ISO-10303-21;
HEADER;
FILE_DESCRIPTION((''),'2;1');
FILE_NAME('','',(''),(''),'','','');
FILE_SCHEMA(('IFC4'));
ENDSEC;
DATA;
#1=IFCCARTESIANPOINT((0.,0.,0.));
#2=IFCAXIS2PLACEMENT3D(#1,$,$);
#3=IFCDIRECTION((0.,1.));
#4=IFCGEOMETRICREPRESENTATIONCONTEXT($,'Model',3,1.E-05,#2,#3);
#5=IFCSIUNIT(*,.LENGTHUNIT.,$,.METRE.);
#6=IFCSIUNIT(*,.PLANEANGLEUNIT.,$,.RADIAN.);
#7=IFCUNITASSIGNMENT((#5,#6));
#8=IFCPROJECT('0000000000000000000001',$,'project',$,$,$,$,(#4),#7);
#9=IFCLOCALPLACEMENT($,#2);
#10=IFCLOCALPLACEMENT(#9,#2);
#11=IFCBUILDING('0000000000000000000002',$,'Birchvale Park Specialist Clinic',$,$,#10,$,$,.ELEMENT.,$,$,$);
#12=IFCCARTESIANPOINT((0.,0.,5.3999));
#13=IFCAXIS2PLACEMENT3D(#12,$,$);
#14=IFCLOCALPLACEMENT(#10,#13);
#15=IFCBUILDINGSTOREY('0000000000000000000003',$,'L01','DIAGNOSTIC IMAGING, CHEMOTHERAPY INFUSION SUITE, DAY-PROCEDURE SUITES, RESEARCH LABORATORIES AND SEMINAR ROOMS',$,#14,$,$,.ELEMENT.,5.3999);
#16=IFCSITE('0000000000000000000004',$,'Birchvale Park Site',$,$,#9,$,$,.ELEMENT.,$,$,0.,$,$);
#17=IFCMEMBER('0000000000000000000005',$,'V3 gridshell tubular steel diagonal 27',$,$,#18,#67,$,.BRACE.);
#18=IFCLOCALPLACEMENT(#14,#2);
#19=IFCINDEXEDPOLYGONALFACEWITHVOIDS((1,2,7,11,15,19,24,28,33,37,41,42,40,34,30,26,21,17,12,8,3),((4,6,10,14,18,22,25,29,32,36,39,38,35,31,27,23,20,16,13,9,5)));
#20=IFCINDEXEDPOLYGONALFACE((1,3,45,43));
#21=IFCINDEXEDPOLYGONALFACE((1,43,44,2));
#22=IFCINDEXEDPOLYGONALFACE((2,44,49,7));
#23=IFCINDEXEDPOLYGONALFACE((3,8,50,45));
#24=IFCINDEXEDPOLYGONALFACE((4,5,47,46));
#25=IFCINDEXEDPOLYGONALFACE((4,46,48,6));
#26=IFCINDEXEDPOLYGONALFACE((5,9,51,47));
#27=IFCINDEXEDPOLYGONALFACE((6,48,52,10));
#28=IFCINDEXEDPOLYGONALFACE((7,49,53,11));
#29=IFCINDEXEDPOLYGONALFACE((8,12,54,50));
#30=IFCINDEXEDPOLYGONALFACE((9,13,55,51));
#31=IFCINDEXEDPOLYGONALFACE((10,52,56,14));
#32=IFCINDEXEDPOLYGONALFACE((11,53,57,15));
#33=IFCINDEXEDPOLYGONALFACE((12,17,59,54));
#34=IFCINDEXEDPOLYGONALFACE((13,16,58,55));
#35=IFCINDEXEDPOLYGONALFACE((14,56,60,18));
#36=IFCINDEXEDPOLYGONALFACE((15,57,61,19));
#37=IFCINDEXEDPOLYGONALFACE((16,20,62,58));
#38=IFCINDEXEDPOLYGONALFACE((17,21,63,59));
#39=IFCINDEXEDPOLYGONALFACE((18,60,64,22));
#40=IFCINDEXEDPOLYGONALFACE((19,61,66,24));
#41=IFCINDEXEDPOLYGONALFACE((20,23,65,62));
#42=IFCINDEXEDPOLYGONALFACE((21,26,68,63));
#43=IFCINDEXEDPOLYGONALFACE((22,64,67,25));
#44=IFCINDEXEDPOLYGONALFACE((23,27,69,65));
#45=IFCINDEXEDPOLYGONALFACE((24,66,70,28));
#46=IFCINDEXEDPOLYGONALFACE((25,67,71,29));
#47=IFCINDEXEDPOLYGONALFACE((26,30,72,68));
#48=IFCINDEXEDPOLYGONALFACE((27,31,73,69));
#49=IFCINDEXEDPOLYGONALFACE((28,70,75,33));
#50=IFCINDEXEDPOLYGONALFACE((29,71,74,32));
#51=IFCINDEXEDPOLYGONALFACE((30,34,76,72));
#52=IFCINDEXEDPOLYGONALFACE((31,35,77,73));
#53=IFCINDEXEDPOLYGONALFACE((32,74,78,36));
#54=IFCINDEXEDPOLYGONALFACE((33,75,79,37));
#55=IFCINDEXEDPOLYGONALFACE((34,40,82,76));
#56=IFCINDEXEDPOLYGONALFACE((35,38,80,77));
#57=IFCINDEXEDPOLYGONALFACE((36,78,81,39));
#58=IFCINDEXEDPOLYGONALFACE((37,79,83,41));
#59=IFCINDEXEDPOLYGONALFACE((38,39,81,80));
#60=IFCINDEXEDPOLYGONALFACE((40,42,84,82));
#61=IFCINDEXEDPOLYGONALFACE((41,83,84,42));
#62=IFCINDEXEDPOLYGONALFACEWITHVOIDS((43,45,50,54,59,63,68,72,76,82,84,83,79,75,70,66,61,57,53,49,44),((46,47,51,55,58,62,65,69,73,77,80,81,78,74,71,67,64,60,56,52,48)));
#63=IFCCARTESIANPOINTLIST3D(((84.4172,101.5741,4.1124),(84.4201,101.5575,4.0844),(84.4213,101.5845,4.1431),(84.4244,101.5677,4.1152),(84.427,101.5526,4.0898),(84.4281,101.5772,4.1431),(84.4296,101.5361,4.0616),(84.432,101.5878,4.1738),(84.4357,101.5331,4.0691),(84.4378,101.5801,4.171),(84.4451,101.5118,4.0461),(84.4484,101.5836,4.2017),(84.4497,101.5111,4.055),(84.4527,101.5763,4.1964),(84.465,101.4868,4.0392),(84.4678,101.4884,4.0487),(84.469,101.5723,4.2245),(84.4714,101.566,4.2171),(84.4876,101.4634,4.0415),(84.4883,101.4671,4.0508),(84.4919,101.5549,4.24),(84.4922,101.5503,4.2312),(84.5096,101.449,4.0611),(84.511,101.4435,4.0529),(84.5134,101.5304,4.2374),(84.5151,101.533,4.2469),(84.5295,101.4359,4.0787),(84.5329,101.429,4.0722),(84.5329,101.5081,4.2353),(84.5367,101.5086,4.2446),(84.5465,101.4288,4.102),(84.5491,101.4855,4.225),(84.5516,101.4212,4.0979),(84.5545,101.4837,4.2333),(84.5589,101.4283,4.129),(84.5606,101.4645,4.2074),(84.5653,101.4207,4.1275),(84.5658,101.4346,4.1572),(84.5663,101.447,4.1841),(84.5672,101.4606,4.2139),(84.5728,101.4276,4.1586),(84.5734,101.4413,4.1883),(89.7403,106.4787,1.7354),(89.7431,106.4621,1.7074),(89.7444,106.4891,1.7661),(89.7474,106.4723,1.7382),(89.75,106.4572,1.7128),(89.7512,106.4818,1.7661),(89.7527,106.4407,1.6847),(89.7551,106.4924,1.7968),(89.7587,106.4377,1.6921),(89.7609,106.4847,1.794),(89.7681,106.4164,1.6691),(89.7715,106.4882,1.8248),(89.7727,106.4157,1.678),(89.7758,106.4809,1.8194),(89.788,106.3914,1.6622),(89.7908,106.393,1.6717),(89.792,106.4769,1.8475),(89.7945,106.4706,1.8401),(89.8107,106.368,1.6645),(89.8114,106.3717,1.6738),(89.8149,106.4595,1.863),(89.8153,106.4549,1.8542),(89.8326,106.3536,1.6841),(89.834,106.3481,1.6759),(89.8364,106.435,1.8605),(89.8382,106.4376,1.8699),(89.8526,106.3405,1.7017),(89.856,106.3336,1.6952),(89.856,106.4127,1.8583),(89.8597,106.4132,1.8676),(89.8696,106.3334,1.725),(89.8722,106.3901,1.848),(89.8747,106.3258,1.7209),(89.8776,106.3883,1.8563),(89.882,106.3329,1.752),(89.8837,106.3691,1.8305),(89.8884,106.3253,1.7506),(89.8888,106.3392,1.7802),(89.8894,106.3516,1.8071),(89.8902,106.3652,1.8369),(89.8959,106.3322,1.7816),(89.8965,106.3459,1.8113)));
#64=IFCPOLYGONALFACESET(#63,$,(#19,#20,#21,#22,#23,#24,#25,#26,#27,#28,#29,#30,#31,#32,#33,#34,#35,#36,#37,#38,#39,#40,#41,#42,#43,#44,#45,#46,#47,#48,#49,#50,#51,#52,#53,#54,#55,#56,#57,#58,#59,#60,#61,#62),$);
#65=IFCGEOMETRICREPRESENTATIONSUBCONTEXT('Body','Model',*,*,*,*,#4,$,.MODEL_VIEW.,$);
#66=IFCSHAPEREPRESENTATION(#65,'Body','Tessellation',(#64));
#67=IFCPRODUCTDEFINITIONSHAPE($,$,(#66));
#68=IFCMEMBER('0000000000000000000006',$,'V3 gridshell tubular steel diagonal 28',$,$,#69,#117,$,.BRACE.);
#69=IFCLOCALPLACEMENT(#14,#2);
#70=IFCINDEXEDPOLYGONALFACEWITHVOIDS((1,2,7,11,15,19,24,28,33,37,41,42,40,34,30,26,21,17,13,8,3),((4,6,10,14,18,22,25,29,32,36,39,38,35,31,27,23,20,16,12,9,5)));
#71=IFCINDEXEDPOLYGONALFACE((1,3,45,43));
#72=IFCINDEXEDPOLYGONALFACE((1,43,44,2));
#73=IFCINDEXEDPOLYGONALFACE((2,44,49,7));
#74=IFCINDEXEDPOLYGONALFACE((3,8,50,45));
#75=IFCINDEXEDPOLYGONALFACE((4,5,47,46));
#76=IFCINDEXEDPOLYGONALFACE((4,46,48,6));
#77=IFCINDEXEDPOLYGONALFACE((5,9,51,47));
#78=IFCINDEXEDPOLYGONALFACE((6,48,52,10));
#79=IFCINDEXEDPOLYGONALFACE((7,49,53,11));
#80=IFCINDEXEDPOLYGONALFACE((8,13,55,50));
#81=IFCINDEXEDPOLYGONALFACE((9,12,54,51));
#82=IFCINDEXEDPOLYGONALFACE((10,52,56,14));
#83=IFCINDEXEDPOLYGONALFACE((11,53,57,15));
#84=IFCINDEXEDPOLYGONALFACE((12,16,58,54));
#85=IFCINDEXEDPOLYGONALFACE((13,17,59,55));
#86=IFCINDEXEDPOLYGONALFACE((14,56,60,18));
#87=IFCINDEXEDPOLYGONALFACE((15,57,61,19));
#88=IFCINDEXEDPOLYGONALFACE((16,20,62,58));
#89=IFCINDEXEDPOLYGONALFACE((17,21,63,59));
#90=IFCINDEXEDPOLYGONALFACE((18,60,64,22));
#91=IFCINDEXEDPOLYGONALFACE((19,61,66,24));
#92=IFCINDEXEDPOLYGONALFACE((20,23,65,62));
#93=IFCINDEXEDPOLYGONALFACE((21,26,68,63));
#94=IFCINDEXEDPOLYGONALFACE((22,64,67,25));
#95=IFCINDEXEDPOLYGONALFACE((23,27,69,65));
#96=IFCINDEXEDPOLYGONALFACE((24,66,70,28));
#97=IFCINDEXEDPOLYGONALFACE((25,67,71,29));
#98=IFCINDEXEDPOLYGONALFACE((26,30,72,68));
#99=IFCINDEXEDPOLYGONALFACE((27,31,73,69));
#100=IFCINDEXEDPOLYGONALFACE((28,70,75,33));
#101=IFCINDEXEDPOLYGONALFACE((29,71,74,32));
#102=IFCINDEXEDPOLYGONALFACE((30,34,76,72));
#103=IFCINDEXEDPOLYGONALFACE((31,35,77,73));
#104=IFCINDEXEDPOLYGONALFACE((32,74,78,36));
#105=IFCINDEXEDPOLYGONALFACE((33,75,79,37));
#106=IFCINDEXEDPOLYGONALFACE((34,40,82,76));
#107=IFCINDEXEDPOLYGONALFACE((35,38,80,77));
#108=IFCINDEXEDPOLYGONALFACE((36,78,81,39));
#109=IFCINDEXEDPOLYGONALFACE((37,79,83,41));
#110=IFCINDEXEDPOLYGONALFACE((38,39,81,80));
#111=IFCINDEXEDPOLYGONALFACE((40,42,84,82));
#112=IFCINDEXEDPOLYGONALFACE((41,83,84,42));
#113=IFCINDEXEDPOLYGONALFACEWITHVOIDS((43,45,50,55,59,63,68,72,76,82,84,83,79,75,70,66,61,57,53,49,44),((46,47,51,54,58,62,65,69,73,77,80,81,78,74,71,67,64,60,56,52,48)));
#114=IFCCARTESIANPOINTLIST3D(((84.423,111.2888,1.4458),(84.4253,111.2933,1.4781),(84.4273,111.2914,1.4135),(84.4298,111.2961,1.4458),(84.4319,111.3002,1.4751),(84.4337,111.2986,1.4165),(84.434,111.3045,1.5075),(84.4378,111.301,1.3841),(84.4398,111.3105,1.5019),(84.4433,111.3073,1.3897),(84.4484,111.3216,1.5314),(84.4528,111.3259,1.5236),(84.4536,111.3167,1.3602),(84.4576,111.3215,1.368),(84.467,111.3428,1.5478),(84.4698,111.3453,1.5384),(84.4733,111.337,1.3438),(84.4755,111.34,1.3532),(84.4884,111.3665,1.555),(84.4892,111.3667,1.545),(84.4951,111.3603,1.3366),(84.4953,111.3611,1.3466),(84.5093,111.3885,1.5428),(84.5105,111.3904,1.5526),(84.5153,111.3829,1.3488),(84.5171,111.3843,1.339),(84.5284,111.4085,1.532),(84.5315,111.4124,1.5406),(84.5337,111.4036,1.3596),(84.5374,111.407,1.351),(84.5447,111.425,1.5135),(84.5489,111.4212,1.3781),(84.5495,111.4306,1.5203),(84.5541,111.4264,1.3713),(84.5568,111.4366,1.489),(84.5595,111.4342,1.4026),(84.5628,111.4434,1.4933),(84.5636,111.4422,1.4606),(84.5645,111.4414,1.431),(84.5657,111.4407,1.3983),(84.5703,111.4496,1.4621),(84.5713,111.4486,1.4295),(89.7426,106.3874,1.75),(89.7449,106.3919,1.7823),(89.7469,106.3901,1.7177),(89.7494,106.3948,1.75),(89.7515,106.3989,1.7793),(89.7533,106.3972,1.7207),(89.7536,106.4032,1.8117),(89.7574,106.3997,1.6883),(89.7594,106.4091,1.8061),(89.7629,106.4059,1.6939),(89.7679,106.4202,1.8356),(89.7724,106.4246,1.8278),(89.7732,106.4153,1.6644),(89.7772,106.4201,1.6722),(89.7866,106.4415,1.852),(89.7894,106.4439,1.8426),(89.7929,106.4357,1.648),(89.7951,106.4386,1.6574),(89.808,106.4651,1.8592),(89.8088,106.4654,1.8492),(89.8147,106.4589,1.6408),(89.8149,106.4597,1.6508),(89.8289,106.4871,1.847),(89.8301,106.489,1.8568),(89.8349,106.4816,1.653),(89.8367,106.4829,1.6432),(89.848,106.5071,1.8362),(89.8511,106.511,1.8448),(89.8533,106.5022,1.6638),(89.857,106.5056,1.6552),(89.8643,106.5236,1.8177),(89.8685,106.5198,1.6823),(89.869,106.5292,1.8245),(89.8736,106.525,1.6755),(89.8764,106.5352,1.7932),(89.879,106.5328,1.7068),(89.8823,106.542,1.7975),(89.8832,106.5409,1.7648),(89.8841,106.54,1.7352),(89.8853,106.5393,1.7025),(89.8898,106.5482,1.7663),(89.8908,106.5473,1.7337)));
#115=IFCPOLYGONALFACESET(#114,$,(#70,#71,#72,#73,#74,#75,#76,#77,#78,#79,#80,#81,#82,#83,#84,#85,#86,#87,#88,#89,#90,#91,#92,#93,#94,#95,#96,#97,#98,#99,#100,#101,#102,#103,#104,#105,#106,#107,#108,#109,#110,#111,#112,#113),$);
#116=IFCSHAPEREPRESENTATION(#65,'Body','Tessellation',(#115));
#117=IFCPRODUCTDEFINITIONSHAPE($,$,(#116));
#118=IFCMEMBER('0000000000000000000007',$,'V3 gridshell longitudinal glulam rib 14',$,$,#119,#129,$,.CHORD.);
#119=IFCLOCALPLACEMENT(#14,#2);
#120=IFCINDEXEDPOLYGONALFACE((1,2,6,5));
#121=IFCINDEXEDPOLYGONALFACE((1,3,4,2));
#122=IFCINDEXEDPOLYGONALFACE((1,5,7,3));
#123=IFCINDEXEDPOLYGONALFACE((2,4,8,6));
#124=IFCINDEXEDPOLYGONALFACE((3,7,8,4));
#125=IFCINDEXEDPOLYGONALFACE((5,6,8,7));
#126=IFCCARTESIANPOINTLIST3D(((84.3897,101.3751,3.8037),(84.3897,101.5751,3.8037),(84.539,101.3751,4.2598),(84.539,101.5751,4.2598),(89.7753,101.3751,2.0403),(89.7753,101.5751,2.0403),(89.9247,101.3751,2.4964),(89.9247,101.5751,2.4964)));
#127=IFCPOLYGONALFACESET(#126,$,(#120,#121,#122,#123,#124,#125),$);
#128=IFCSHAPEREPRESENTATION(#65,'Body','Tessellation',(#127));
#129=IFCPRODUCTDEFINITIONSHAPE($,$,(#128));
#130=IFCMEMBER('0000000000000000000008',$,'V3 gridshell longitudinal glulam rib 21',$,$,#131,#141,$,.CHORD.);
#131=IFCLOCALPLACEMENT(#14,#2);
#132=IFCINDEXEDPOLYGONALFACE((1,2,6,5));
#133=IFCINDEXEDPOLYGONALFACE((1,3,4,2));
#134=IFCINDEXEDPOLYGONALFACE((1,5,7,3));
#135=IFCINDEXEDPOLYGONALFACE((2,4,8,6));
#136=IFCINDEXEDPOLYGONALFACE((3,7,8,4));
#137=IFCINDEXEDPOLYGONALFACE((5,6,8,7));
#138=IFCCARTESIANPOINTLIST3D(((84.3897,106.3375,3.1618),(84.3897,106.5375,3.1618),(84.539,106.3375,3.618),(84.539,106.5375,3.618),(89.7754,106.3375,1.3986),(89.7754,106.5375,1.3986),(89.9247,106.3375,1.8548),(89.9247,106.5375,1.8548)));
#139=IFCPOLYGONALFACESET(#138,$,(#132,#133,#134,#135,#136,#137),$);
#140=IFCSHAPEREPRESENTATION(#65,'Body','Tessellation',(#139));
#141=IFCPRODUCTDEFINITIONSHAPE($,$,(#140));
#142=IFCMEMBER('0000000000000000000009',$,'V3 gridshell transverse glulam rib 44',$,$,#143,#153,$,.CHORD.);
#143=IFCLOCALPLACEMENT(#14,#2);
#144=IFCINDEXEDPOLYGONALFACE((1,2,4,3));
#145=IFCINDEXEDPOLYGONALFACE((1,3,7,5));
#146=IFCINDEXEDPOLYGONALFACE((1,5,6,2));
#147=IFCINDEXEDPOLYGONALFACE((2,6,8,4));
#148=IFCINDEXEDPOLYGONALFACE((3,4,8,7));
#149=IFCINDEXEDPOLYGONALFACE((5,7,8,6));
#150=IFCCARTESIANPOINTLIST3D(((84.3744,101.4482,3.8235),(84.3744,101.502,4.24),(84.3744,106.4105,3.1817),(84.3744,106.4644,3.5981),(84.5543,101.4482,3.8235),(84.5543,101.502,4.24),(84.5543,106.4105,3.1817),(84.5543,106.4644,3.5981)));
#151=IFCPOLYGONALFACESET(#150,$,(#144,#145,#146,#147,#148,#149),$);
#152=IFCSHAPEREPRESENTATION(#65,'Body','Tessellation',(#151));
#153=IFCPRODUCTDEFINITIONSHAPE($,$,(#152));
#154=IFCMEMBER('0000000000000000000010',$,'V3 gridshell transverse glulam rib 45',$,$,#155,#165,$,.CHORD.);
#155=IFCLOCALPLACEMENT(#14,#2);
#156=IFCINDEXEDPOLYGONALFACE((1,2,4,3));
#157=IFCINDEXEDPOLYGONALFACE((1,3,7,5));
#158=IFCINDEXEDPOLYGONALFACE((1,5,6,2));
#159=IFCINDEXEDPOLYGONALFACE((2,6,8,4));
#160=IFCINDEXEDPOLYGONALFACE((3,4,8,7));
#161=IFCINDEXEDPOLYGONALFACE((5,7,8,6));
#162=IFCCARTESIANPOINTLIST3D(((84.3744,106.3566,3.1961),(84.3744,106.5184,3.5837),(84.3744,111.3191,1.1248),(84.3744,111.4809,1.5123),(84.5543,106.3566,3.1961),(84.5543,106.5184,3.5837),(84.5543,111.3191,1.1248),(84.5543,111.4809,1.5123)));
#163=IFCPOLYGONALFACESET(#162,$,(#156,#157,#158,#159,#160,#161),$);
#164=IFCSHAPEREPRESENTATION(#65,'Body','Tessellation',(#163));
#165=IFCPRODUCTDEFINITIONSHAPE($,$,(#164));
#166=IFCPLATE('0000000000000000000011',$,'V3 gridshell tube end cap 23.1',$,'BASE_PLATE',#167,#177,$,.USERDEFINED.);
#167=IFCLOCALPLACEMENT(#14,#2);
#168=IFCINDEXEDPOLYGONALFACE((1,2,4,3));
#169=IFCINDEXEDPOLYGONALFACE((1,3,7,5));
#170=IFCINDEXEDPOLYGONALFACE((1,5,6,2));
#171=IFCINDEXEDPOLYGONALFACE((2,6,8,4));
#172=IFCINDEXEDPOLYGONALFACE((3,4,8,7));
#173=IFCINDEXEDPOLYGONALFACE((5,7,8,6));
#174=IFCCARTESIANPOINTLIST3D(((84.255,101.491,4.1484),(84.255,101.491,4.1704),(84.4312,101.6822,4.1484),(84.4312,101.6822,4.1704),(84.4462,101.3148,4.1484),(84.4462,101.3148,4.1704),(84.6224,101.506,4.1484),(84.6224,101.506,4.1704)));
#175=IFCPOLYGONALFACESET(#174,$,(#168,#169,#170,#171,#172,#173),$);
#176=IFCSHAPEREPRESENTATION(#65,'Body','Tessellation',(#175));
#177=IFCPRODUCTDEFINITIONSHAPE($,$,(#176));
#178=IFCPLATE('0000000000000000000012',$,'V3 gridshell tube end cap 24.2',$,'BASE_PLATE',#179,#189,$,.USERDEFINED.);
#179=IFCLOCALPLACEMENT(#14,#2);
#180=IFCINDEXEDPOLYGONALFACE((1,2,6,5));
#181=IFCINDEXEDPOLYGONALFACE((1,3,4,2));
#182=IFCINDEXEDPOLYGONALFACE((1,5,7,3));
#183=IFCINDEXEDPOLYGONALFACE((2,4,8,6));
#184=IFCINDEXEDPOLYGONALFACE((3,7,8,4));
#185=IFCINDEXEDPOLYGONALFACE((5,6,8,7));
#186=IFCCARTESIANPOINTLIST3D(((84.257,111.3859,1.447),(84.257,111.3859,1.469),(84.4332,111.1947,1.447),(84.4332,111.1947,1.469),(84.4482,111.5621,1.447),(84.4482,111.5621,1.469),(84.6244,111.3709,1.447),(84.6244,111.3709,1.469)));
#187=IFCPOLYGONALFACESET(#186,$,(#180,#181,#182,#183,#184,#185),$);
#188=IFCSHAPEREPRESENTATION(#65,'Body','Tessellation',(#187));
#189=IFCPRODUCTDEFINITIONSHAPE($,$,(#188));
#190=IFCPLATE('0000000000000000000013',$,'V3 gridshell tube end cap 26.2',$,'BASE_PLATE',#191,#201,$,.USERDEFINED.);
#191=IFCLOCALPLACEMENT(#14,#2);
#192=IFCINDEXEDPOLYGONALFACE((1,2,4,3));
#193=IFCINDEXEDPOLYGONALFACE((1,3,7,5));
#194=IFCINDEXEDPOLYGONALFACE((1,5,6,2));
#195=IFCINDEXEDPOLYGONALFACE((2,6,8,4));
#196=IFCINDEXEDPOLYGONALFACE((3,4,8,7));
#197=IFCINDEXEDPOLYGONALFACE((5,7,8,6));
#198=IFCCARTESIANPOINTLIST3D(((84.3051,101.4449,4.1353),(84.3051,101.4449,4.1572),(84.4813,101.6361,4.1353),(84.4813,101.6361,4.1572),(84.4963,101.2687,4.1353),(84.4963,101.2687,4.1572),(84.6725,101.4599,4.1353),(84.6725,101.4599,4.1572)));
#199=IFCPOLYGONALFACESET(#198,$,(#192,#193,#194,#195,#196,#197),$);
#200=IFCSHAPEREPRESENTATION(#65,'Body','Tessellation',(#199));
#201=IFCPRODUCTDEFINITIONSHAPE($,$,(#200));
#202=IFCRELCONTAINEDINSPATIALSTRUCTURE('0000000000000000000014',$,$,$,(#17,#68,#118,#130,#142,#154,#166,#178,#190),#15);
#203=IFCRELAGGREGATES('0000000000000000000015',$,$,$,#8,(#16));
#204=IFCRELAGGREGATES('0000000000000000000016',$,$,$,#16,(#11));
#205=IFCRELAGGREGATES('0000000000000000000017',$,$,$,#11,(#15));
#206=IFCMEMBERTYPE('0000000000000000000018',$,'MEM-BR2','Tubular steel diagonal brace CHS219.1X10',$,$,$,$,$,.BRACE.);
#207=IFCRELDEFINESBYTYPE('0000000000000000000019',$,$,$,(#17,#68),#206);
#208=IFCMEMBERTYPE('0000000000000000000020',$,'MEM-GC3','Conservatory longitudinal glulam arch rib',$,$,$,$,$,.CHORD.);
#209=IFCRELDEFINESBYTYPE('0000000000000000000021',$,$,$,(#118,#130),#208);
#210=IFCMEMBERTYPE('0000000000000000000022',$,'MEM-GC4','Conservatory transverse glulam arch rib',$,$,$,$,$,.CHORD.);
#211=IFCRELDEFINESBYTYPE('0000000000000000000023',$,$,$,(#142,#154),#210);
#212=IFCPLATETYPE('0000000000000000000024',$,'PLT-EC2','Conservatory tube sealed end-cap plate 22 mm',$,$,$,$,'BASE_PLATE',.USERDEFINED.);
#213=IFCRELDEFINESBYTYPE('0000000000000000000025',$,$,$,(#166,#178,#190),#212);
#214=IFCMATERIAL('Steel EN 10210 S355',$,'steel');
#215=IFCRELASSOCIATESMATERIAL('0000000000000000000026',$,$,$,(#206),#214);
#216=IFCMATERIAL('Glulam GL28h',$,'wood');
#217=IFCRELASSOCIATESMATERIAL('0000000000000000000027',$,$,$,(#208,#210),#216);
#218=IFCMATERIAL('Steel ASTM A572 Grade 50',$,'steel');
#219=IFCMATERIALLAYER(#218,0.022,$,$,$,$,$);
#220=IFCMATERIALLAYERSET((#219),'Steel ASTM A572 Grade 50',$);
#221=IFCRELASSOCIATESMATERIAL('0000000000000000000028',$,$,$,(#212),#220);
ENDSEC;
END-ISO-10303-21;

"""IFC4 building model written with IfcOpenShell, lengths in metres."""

from ifc_helpers import new_model, si_unit, direction, frame, origin, origin_2d, place, context, subcontext, project, spatial, rectangle, hollow_circle, extrude, material, layer, layer_set, material_profile, profile_set, type_object, element, save


model = new_model("IFC4")

# Units and contexts
model_context = context("Model", 3, precision=1e-05, world=origin(), true_north=direction((0.0, 1.0)))
body_context = subcontext(model_context, "Body", "Model", "MODEL_VIEW")
ifc_project = project(units=[si_unit("LENGTHUNIT", "METRE"), si_unit("PLANEANGLEUNIT", "RADIAN")], contexts=[model_context])

# Site, building, storey
site_placement = place(None, origin())
site = spatial("IfcSite", under=ifc_project, at=site_placement, Name="Birchvale Park Site", CompositionType="ELEMENT", RefElevation=0.0)
building_placement = place(site_placement, origin())
building = spatial("IfcBuilding", under=site, at=building_placement, Name="Birchvale Park Specialist Clinic", CompositionType="ELEMENT")
storey_placement = place(building_placement, frame((0.0, 0.0, 5.3999)))
storey = spatial("IfcBuildingStorey", under=building, at=storey_placement, Name="L01", Description="DIAGNOSTIC IMAGING, CHEMOTHERAPY INFUSION SUITE, DAY-PROCEDURE SUITES, RESEARCH LABORATORIES AND SEMINAR ROOMS", CompositionType="ELEMENT", Elevation=5.3999)

# Members
ifc_material_1 = material(Name="Steel EN 10210 S355", Category="steel")
ifc_material_profile_1 = material_profile(ifc_material_1, hollow_circle(Radius=0.1096, WallThickness=0.01, at=origin_2d()), Name="CHS219.1X10")
ifc_profile_set_1 = profile_set([ifc_material_profile_1], Name="Steel EN 10210 S355")
member_type_1 = type_object("IfcMemberType", Name="MEM-BR2", Description="Tubular steel diagonal brace CHS219.1X10", PredefinedType="BRACE", material=ifc_profile_set_1)
member_1_placement = place(storey_placement, frame((84.4956, 101.5039, 4.1431), z_axis=(0.698711, 0.643783, -0.312005), x_axis=(-0.677609, 0.735423, 0.0)))
element("IfcMember", 1, at=member_1_placement, inside=storey, type_object=member_type_1, Name="V3 gridshell tubular steel diagonal 27", PredefinedType="BRACE", context=body_context, shape_type="SweptSolid", body=[
    extrude(hollow_circle(Radius=0.1096, WallThickness=0.01, at=origin_2d()), origin(), (0.0, 0.0, 1.0), 7.6184),
])
member_2_placement = place(storey_placement, frame((89.8169, 106.468, 1.75), z_axis=(-0.734775, 0.677009, -0.042018), x_axis=(-0.677607, -0.735424, 0.0)))
element("IfcMember", 2, at=member_2_placement, inside=storey, type_object=member_type_1, Name="V3 gridshell tubular steel diagonal 28", PredefinedType="BRACE", context=body_context, shape_type="SweptSolid", body=[
    extrude(hollow_circle(Radius=0.1096, WallThickness=0.01, at=origin_2d()), origin(), (0.0, 0.0, 1.0), 7.2397),
])
ifc_material_2 = material(Name="Glulam GL28h", Category="wood")
ifc_material_profile_2 = material_profile(ifc_material_2, rectangle(XDim=0.2, YDim=0.48, at=origin_2d()), Name="GL-200x480")
ifc_profile_set_2 = profile_set([ifc_material_profile_2], Name="Glulam GL28h")
member_type_2 = type_object("IfcMemberType", Name="MEM-GC3", Description="Conservatory longitudinal glulam arch rib", PredefinedType="CHORD", material=ifc_profile_set_2)
for number, where, z_axis, x_axis, name in (
    (3, (84.4644, 101.4751, 4.0317), (0.950354, 0.0, -0.31117), (0.0, 1.0, 0.0), "V3 gridshell longitudinal glulam rib 14"),
    (4, (84.4644, 106.4375, 3.3899), (0.950367, 0.0, -0.311131), (0.0, 1.0, 0.0), "V3 gridshell longitudinal glulam rib 21"),
):
    element("IfcMember", number, at=place(storey_placement, frame(where, z_axis=z_axis, x_axis=x_axis)), inside=storey, type_object=member_type_2, Name=name, PredefinedType="CHORD", context=body_context, shape_type="SweptSolid", body=[
        extrude(rectangle(XDim=0.2, YDim=0.48, at=origin_2d()), origin(), (0.0, 0.0, 1.0), 5.667),
    ])
ifc_material_profile_3 = material_profile(ifc_material_2, rectangle(XDim=0.1799, YDim=0.4199, at=origin_2d()), Name="GL-180x420")
ifc_profile_set_3 = profile_set([ifc_material_profile_3], Name="Glulam GL28h")
member_type_3 = type_object("IfcMemberType", Name="MEM-GC4", Description="Conservatory transverse glulam arch rib", PredefinedType="CHORD", material=ifc_profile_set_3)
member_3_placement = place(storey_placement, frame((84.4644, 101.4751, 4.0317), z_axis=(0.0, 0.991739, -0.128273), x_axis=(-1.0, 0.0, 0.0)))
element("IfcMember", 5, at=member_3_placement, inside=storey, type_object=member_type_3, Name="V3 gridshell transverse glulam rib 44", PredefinedType="CHORD", context=body_context, shape_type="SweptSolid", body=[
    extrude(rectangle(XDim=0.1799, YDim=0.4199, at=origin_2d()), origin(), (0.0, 0.0, 1.0), 5.0037),
])
member_4_placement = place(storey_placement, frame((84.4644, 106.4375, 3.3899), z_axis=(0.0, 0.922838, -0.385189), x_axis=(-1.0, 0.0, 0.0)))
element("IfcMember", 6, at=member_4_placement, inside=storey, type_object=member_type_3, Name="V3 gridshell transverse glulam rib 45", PredefinedType="CHORD", context=body_context, shape_type="SweptSolid", body=[
    extrude(rectangle(XDim=0.1799, YDim=0.4199, at=origin_2d()), origin(), (0.0, 0.0, 1.0), 5.3774),
])

# Plates
ifc_material_3 = material(Name="Steel ASTM A572 Grade 50", Category="steel")
ifc_layer_1 = layer(ifc_material_3, 0.022)
ifc_layer_set_1 = layer_set([ifc_layer_1], Name="Steel ASTM A572 Grade 50")
plate_type_1 = type_object("IfcPlateType", Name="PLT-EC2", Description="Conservatory tube sealed end-cap plate 22 mm", ElementType="BASE_PLATE", PredefinedType="USERDEFINED", material=ifc_layer_set_1)
for number, where, z_axis, x_axis, name in (
    (7, (84.4387, 101.4985, 4.1484), (0.0, 0.0, 1.0), (-0.735388, 0.677646, 0.0), "V3 gridshell tube end cap 23.1"),
    (8, (84.4407, 111.3784, 1.447), (0.0, 0.0, 1.0), (0.735388, 0.677646, 0.0), "V3 gridshell tube end cap 24.2"),
    (9, (84.4888, 101.4524, 4.1353), (0.0, 0.0, 1.0), (-0.735388, 0.677646, 0.0), "V3 gridshell tube end cap 26.2"),
):
    element("IfcPlate", number, at=place(storey_placement, frame(where, z_axis=z_axis, x_axis=x_axis)), inside=storey, type_object=plate_type_1, Name=name, ObjectType="BASE_PLATE", PredefinedType="USERDEFINED", context=body_context, shape_type="SweptSolid", body=[
        extrude(rectangle(XDim=0.26, YDim=0.26, at=origin_2d()), origin(), (0.0, 0.0, 1.0), 0.022),
    ])

save(model, "model.ifc")
